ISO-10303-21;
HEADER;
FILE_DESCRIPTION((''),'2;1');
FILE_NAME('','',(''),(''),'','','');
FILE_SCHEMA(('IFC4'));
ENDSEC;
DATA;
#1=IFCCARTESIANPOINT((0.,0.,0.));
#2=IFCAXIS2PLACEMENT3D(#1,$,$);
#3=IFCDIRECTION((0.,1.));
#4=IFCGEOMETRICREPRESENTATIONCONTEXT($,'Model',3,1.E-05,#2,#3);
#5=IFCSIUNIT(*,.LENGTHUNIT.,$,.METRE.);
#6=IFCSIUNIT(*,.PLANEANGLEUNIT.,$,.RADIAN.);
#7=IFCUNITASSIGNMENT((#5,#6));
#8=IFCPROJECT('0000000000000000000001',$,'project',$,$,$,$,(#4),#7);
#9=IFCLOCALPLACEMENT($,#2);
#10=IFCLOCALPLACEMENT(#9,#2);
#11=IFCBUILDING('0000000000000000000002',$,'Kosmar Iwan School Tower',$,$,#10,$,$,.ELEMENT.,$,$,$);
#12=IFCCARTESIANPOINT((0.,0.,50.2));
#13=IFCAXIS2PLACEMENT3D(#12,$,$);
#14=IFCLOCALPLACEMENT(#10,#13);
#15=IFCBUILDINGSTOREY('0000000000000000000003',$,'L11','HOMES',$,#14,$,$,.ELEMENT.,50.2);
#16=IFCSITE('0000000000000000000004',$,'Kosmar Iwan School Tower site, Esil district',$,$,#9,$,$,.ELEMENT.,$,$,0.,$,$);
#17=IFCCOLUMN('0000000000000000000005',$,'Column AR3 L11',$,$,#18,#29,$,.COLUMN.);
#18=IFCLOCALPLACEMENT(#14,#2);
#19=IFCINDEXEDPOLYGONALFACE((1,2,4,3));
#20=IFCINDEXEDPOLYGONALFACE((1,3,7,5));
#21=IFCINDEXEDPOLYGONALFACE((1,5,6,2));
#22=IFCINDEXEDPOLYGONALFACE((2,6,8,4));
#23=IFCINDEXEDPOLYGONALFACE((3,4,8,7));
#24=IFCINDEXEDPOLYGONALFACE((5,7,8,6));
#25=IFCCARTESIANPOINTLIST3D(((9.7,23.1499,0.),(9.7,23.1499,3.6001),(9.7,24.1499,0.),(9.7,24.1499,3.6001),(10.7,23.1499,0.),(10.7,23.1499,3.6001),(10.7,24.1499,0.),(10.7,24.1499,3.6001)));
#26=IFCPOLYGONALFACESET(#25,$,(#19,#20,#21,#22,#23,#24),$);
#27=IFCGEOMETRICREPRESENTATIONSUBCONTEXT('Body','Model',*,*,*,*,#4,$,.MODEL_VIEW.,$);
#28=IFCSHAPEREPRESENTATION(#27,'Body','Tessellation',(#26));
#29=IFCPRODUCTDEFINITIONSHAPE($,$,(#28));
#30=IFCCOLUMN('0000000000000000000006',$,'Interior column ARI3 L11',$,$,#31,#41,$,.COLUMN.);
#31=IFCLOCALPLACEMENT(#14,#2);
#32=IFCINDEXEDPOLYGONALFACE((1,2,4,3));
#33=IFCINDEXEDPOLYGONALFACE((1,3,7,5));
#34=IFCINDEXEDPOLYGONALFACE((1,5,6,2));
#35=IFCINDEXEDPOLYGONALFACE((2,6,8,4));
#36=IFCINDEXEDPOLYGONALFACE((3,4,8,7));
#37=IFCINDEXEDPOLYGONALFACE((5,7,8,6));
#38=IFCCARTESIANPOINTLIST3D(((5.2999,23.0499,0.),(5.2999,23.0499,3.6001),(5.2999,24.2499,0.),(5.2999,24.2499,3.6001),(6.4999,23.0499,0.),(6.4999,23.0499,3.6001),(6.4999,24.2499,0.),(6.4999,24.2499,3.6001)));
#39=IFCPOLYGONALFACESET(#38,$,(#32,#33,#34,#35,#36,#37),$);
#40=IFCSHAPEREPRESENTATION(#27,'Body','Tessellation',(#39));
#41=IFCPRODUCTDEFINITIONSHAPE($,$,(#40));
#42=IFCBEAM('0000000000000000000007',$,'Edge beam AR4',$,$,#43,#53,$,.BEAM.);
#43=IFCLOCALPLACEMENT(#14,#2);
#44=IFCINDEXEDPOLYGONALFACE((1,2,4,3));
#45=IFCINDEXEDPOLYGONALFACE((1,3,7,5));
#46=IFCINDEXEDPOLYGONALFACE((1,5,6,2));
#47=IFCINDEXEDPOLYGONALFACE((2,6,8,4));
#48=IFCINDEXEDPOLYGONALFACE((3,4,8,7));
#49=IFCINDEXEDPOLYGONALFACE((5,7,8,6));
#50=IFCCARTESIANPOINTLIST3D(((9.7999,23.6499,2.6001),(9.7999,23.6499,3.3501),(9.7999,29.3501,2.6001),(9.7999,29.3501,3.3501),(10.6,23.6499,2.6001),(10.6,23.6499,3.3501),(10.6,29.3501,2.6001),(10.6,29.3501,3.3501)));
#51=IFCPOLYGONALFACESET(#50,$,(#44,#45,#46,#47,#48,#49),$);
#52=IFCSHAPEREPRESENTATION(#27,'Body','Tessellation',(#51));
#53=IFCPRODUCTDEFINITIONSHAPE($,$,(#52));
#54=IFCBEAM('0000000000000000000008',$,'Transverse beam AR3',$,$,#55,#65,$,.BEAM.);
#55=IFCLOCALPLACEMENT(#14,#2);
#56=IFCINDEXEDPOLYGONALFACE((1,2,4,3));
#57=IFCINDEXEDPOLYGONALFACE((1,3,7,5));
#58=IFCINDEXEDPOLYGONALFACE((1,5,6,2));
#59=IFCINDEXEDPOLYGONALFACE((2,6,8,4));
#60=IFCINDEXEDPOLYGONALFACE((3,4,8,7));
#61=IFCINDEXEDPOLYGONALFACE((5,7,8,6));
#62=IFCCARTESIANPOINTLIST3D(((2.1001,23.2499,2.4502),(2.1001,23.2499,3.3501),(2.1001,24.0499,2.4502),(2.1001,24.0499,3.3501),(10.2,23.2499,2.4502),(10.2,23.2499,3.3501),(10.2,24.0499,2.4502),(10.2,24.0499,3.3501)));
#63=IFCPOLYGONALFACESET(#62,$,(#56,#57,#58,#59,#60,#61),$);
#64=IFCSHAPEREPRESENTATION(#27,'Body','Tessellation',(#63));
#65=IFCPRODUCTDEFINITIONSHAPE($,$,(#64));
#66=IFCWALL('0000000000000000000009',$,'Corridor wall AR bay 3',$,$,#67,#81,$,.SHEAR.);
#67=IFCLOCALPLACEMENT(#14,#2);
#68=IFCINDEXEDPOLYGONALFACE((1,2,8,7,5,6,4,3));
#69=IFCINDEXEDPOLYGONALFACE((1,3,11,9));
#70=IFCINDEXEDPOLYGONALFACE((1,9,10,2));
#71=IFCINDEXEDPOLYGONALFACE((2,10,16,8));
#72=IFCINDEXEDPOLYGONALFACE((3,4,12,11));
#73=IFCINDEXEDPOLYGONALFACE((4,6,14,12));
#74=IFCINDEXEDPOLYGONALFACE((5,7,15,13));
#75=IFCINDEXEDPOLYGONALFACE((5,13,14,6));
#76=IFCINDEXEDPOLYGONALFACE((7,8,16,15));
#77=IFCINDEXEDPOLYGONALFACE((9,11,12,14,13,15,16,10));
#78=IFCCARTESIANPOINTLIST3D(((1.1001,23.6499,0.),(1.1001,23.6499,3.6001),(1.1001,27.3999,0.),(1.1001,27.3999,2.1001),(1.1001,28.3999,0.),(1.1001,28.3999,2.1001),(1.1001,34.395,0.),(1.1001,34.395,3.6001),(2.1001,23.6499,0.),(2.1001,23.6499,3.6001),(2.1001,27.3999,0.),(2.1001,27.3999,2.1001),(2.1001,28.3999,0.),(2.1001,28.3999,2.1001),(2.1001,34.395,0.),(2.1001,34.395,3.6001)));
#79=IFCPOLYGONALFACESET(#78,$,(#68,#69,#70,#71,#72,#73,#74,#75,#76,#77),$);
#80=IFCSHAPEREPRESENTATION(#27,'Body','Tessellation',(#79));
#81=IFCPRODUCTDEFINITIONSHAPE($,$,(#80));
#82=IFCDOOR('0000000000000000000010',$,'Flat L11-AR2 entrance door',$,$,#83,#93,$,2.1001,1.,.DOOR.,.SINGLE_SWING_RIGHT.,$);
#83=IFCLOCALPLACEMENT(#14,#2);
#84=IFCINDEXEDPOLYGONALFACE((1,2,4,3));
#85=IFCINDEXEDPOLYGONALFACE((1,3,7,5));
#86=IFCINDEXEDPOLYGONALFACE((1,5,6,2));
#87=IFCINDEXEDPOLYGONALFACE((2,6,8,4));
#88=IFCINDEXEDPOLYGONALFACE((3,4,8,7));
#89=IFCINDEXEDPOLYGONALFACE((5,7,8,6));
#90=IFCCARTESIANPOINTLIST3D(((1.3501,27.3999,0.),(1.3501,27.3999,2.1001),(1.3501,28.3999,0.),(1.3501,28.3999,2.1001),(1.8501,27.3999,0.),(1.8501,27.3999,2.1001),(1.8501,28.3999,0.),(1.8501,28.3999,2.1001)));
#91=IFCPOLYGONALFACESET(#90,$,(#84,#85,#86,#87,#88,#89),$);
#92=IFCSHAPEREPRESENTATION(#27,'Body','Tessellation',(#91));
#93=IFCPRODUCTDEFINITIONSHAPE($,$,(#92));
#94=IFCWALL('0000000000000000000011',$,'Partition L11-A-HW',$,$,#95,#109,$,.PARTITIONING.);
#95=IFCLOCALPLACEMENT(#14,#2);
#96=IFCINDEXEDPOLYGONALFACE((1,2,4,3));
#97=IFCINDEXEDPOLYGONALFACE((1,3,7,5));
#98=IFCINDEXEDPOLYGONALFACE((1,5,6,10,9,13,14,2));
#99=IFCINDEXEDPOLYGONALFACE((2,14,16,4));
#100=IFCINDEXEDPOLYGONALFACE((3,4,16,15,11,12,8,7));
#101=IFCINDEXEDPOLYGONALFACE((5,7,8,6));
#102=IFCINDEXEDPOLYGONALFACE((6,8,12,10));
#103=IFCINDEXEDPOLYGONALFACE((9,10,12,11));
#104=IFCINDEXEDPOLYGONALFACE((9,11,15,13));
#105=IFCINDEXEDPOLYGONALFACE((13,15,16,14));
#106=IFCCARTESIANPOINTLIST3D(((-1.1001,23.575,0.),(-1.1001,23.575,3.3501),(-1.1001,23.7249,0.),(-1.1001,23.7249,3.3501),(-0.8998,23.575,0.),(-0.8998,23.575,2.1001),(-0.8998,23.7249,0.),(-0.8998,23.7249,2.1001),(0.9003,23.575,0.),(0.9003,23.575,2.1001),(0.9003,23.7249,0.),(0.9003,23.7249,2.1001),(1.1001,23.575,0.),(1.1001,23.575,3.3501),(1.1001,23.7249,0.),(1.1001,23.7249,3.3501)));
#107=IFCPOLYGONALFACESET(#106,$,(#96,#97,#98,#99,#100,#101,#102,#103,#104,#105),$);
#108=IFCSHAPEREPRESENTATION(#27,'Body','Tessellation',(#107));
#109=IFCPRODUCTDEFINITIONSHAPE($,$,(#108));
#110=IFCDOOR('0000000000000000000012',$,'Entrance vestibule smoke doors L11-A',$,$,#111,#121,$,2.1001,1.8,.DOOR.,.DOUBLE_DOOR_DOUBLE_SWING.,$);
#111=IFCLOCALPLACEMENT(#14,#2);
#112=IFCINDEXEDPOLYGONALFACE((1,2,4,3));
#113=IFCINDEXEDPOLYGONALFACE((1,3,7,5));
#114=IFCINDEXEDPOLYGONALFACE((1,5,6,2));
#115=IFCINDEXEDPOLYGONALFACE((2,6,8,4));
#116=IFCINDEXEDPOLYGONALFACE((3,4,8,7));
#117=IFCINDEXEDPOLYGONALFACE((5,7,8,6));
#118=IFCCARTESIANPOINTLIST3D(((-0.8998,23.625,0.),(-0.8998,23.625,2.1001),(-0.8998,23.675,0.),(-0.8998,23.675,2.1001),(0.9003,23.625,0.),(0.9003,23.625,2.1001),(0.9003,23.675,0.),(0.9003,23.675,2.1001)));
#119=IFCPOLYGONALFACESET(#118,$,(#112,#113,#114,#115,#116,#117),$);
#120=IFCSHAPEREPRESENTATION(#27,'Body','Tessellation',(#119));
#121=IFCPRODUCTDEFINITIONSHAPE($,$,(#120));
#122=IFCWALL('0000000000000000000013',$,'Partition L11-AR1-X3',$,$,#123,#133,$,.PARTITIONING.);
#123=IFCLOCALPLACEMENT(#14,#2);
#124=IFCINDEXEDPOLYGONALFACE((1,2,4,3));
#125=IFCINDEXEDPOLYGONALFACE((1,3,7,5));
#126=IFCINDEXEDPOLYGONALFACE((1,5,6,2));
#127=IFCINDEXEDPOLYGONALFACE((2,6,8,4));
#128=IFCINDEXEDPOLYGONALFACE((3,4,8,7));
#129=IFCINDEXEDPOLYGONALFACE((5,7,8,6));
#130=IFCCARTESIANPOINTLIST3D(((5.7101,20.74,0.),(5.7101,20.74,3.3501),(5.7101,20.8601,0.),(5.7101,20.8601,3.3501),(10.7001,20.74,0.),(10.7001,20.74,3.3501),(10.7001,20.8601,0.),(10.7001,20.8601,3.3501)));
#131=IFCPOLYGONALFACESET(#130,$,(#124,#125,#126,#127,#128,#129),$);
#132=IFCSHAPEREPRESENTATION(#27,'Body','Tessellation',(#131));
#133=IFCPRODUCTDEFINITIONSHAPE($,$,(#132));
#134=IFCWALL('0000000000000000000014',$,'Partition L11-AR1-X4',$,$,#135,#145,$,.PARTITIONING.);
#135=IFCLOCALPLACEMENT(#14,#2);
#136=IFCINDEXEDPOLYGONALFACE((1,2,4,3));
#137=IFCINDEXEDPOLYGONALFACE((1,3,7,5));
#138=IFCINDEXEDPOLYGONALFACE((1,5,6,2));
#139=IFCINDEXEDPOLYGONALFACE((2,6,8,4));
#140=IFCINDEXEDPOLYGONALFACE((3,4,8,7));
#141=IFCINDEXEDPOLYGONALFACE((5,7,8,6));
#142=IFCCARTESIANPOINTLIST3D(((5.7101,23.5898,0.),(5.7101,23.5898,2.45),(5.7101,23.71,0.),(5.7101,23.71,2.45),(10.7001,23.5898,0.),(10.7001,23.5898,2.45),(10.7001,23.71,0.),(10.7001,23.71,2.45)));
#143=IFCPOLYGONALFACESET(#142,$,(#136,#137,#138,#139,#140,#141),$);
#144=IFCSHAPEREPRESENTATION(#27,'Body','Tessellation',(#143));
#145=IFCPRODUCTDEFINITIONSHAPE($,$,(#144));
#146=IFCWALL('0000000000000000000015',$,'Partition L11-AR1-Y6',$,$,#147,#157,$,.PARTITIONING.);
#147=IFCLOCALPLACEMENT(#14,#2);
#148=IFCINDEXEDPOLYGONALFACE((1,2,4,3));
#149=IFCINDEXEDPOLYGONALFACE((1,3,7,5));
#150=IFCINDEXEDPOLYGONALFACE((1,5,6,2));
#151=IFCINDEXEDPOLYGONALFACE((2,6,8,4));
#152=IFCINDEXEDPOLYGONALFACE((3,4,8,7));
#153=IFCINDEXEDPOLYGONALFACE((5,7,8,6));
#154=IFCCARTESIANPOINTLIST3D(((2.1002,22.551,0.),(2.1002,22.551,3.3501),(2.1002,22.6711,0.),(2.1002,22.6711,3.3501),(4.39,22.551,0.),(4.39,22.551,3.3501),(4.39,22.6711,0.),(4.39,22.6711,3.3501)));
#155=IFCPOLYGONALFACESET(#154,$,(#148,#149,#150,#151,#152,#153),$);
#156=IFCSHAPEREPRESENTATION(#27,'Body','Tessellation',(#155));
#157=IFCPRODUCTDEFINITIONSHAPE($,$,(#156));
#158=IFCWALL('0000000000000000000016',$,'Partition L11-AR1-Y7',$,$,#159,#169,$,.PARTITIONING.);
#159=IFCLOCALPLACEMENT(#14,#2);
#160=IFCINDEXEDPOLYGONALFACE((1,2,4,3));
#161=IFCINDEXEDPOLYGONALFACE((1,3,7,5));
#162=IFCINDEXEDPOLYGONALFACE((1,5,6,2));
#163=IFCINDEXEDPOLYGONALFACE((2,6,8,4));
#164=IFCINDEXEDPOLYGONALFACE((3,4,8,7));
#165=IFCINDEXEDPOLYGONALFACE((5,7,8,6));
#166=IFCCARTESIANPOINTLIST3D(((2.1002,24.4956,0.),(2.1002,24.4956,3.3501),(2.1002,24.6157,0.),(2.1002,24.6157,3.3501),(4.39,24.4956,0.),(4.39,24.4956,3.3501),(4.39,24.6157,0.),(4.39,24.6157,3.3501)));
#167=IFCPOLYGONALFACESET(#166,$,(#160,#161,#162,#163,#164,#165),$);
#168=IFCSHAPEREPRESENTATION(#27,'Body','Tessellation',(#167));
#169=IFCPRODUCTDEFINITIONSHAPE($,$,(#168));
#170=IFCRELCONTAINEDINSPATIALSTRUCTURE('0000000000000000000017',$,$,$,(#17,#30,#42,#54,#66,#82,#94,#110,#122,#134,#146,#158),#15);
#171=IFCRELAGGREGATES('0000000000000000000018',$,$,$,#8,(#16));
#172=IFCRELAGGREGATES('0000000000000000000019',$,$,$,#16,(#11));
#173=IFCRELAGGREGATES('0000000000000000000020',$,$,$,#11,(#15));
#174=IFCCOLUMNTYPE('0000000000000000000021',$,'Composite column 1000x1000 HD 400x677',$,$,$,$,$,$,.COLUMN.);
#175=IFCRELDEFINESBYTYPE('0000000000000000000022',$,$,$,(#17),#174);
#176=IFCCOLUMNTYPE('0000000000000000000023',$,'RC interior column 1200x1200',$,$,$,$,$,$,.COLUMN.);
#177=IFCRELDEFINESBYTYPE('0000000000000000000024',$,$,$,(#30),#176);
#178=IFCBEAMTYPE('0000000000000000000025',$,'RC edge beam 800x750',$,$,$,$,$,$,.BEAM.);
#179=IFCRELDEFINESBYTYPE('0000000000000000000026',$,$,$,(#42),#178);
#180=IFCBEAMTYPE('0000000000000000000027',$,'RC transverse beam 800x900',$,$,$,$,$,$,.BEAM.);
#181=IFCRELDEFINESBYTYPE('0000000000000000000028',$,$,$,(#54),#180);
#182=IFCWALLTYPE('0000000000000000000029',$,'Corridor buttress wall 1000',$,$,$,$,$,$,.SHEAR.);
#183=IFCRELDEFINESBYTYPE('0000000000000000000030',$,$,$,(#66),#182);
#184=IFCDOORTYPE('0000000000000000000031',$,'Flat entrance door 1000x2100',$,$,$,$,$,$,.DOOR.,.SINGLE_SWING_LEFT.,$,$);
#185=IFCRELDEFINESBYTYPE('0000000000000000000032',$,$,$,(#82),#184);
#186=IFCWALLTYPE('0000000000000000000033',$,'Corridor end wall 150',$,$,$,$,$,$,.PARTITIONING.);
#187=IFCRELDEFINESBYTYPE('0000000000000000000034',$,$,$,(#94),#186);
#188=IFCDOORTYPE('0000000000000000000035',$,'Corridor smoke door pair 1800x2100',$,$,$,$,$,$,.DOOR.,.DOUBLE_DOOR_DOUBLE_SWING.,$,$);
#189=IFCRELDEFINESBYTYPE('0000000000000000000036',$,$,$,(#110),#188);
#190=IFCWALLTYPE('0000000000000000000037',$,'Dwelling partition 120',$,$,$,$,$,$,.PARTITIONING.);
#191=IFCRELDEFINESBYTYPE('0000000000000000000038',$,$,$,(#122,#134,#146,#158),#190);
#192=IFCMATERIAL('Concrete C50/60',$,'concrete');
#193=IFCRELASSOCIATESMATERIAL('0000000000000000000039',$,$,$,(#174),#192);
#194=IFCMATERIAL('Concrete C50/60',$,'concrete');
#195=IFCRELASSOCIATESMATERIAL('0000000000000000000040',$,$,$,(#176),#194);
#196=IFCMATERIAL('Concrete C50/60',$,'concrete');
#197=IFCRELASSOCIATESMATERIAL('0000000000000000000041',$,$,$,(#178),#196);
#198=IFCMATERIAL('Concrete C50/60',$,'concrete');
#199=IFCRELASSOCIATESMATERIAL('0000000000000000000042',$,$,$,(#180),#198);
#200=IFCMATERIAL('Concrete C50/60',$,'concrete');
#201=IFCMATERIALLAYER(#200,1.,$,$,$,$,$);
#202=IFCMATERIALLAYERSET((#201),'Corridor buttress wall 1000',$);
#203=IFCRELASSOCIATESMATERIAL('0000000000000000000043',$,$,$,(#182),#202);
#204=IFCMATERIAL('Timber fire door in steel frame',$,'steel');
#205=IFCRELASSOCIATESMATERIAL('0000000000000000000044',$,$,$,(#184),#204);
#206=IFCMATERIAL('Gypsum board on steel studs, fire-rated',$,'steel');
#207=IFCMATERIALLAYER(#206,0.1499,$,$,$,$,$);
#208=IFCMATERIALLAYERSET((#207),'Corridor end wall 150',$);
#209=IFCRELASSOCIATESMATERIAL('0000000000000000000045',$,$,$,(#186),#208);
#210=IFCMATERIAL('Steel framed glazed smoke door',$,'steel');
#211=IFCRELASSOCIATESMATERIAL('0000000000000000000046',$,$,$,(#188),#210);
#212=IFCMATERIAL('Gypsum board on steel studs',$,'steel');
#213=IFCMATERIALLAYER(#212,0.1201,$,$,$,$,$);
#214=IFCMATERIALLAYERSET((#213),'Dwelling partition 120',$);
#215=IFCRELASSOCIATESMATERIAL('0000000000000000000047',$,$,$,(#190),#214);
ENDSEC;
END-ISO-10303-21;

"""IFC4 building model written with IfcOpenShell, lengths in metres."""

from ifc_helpers import new_model, si_unit, direction, frame, frame_2d, origin, origin_2d, place, context, subcontext, project, spatial, rectangle, extrude, material, layer, layer_set, material_profile, profile_set, type_object, element, fill, save


model = new_model("IFC4")

# Units and contexts
model_context = context("Model", 3, precision=1e-05, world=origin(), true_north=direction((0.0, 1.0)))
body_context = subcontext(model_context, "Body", "Model", "MODEL_VIEW")
ifc_project = project(units=[si_unit("LENGTHUNIT", "METRE"), si_unit("PLANEANGLEUNIT", "RADIAN")], contexts=[model_context])

# Site, building, storey
site_placement = place(None, origin())
site = spatial("IfcSite", under=ifc_project, at=site_placement, Name="Kosmar Iwan School Tower site, Esil district", CompositionType="ELEMENT", RefElevation=0.0)
building_placement = place(site_placement, origin())
building = spatial("IfcBuilding", under=site, at=building_placement, Name="Kosmar Iwan School Tower", CompositionType="ELEMENT")
storey_placement = place(building_placement, frame((0.0, 0.0, 50.2)))
storey = spatial("IfcBuildingStorey", under=building, at=storey_placement, Name="L11", Description="HOMES", CompositionType="ELEMENT", Elevation=50.2)

# Columns
ifc_material_1 = material(Name="Concrete C50/60", Category="concrete")
ifc_material_profile_1 = material_profile(ifc_material_1, rectangle(XDim=1.0, YDim=1.0, at=origin_2d()), Name="RC 1000x1000 + HD 400x677")
ifc_profile_set_1 = profile_set([ifc_material_profile_1], Name="Concrete C50/60")
column_type_1 = type_object("IfcColumnType", Name="Composite column 1000x1000 HD 400x677", PredefinedType="COLUMN", material=ifc_profile_set_1)
column_1_placement = place(storey_placement, frame((10.2, 23.6499, 0.0), z_axis=(0.0, 0.0, 1.0), x_axis=(0.0, 1.0, 0.0)))
element("IfcColumn", 1, at=column_1_placement, inside=storey, type_object=column_type_1, Name="Column AR3 L11", PredefinedType="COLUMN", context=body_context, shape_type="SweptSolid", body=[
    extrude(rectangle(XDim=1.0, YDim=1.0, at=origin_2d()), origin(), (0.0, 0.0, 1.0), 3.6001),
])
ifc_material_2 = material(Name="Concrete C50/60", Category="concrete")
ifc_material_profile_2 = material_profile(ifc_material_2, rectangle(XDim=1.2, YDim=1.2, at=origin_2d()), Name="RC 1200x1200")
ifc_profile_set_2 = profile_set([ifc_material_profile_2], Name="Concrete C50/60")
column_type_2 = type_object("IfcColumnType", Name="RC interior column 1200x1200", PredefinedType="COLUMN", material=ifc_profile_set_2)
column_2_placement = place(storey_placement, frame((5.8999, 23.6499, 0.0), z_axis=(0.0, 0.0, 1.0), x_axis=(0.0, 1.0, 0.0)))
element("IfcColumn", 2, at=column_2_placement, inside=storey, type_object=column_type_2, Name="Interior column ARI3 L11", PredefinedType="COLUMN", context=body_context, shape_type="SweptSolid", body=[
    extrude(rectangle(XDim=1.2, YDim=1.2, at=origin_2d()), origin(), (0.0, 0.0, 1.0), 3.6001),
])

# Beams
ifc_material_3 = material(Name="Concrete C50/60", Category="concrete")
ifc_material_profile_3 = material_profile(ifc_material_3, rectangle(XDim=0.8, YDim=0.75, at=origin_2d()), Name="RC 800x750")
ifc_profile_set_3 = profile_set([ifc_material_profile_3], Name="Concrete C50/60")
beam_type_1 = type_object("IfcBeamType", Name="RC edge beam 800x750", PredefinedType="BEAM", material=ifc_profile_set_3)
beam_1_placement = place(storey_placement, frame((10.2, 23.6499, 2.9751), z_axis=(0.0, 1.0, 0.0), x_axis=(-1.0, 0.0, 0.0)))
element("IfcBeam", 3, at=beam_1_placement, inside=storey, type_object=beam_type_1, Name="Edge beam AR4", PredefinedType="BEAM", context=body_context, shape_type="SweptSolid", body=[
    extrude(rectangle(XDim=0.8, YDim=0.75, at=origin_2d()), origin(), (0.0, 0.0, 1.0), 5.7002),
])
ifc_material_4 = material(Name="Concrete C50/60", Category="concrete")
ifc_material_profile_4 = material_profile(ifc_material_4, rectangle(XDim=0.8, YDim=0.8999, at=origin_2d()), Name="RC 800x900")
ifc_profile_set_4 = profile_set([ifc_material_profile_4], Name="Concrete C50/60")
beam_type_2 = type_object("IfcBeamType", Name="RC transverse beam 800x900", PredefinedType="BEAM", material=ifc_profile_set_4)
beam_2_placement = place(storey_placement, frame((10.2, 23.6499, 2.9001), z_axis=(-1.0, 0.0, 0.0), x_axis=(0.0, -1.0, 0.0)))
element("IfcBeam", 4, at=beam_2_placement, inside=storey, type_object=beam_type_2, Name="Transverse beam AR3", PredefinedType="BEAM", context=body_context, shape_type="SweptSolid", body=[
    extrude(rectangle(XDim=0.8, YDim=0.8999, at=origin_2d()), origin(), (0.0, 0.0, 1.0), 8.0999),
])

# Walls, openings, doors
ifc_material_5 = material(Name="Concrete C50/60", Category="concrete")
ifc_layer_1 = layer(ifc_material_5, 1.0)
ifc_layer_set_1 = layer_set([ifc_layer_1], Name="Corridor buttress wall 1000")
wall_type_1 = type_object("IfcWallType", Name="Corridor buttress wall 1000", PredefinedType="SHEAR", material=ifc_layer_set_1)
wall_1_placement = place(storey_placement, frame((1.6001, 23.6499, 0.0), z_axis=(0.0, 0.0, 1.0), x_axis=(0.0, 1.0, 0.0)))
wall_1 = element("IfcWall", 5, at=wall_1_placement, inside=storey, type_object=wall_type_1, Name="Corridor wall AR bay 3", PredefinedType="SHEAR", context=body_context, shape_type="SweptSolid", body=[
    extrude(rectangle(XDim=10.7451, YDim=1.0, at=frame_2d((5.3726, 0.0))), origin(), (0.0, 0.0, 1.0), 3.6001),
])
opening_1_placement = place(wall_1_placement, frame((3.75, 0.0, 0.0)))
opening_1 = element("IfcOpeningElement", 6, at=opening_1_placement, cuts=wall_1, PredefinedType="OPENING", context=body_context, shape_type="SweptSolid", body=[
    extrude(rectangle(XDim=1.0, YDim=2.1001, at=frame_2d((0.5, 1.05))), frame((0.0, 0.512, 0.0), z_axis=(0.0, -1.0, 0.0), x_axis=(1.0, 0.0, 0.0)), (0.0, 0.0, 1.0), 1.0239),
])
ifc_material_6 = material(Name="Timber fire door in steel frame", Category="steel")
door_type_1 = type_object("IfcDoorType", Name="Flat entrance door 1000x2100", OperationType="SINGLE_SWING_LEFT", PredefinedType="DOOR", material=ifc_material_6)
door_1_placement = place(opening_1_placement, origin())
door_1 = element("IfcDoor", 7, at=door_1_placement, inside=storey, type_object=door_type_1, Name="Flat L11-AR2 entrance door", OperationType="SINGLE_SWING_RIGHT", OverallHeight=2.1001, OverallWidth=1.0, PredefinedType="DOOR", context=body_context, shape_type="SweptSolid", body=[
    extrude(rectangle(XDim=1.0, YDim=2.1001, at=frame_2d((0.5, 1.05))), frame((0.0, 0.25, 0.0), z_axis=(0.0, -1.0, 0.0), x_axis=(1.0, 0.0, 0.0)), (0.0, 0.0, 1.0), 0.5),
])
fill(opening_1, door_1)
ifc_material_7 = material(Name="Gypsum board on steel studs, fire-rated", Category="steel")
ifc_layer_2 = layer(ifc_material_7, 0.1499)
ifc_layer_set_2 = layer_set([ifc_layer_2], Name="Corridor end wall 150")
wall_type_2 = type_object("IfcWallType", Name="Corridor end wall 150", PredefinedType="PARTITIONING", material=ifc_layer_set_2)
wall_2_placement = place(storey_placement, frame((1.1001, 23.6499, 0.0), z_axis=(0.0, 0.0, 1.0), x_axis=(-1.0, 0.0, 0.0)))
wall_2 = element("IfcWall", 8, at=wall_2_placement, inside=storey, type_object=wall_type_2, Name="Partition L11-A-HW", PredefinedType="PARTITIONING", context=body_context, shape_type="SweptSolid", body=[
    extrude(rectangle(XDim=2.2002, YDim=0.1499, at=frame_2d((1.1001, 0.0))), origin(), (0.0, 0.0, 1.0), 3.3501),
])
opening_2_placement = place(wall_2_placement, frame((0.2, 0.0, 0.0)))
opening_2 = element("IfcOpeningElement", 9, at=opening_2_placement, cuts=wall_2, PredefinedType="OPENING", context=body_context, shape_type="SweptSolid", body=[
    extrude(rectangle(XDim=1.8, YDim=2.1001, at=frame_2d((0.8999, 1.05))), frame((0.0, 0.0869, 0.0), z_axis=(0.0, -1.0, 0.0), x_axis=(1.0, 0.0, 0.0)), (0.0, 0.0, 1.0), 0.1738),
])
ifc_material_8 = material(Name="Steel framed glazed smoke door", Category="steel")
door_type_2 = type_object("IfcDoorType", Name="Corridor smoke door pair 1800x2100", OperationType="DOUBLE_DOOR_DOUBLE_SWING", PredefinedType="DOOR", material=ifc_material_8)
door_2_placement = place(opening_2_placement, origin())
door_2 = element("IfcDoor", 10, at=door_2_placement, inside=storey, type_object=door_type_2, Name="Entrance vestibule smoke doors L11-A", OperationType="DOUBLE_DOOR_DOUBLE_SWING", OverallHeight=2.1001, OverallWidth=1.8, PredefinedType="DOOR", context=body_context, shape_type="SweptSolid", body=[
    extrude(rectangle(XDim=1.8, YDim=2.1001, at=frame_2d((0.8999, 1.05))), frame((0.0, 0.0249, 0.0), z_axis=(0.0, -1.0, 0.0), x_axis=(1.0, 0.0, 0.0)), (0.0, 0.0, 1.0), 0.05),
])
fill(opening_2, door_2)

# Walls
ifc_material_9 = material(Name="Gypsum board on steel studs", Category="steel")
ifc_layer_3 = layer(ifc_material_9, 0.1201)
ifc_layer_set_3 = layer_set([ifc_layer_3], Name="Dwelling partition 120")
wall_type_3 = type_object("IfcWallType", Name="Dwelling partition 120", PredefinedType="PARTITIONING", material=ifc_layer_set_3)
wall_3_placement = place(storey_placement, frame((5.71, 20.8, 0.0), z_axis=(0.0, 0.0, 1.0), x_axis=(1.0, 0.0, 0.0)))
element("IfcWall", 11, at=wall_3_placement, inside=storey, type_object=wall_type_3, Name="Partition L11-AR1-X3", PredefinedType="PARTITIONING", context=body_context, shape_type="SweptSolid", body=[
    extrude(rectangle(XDim=4.99, YDim=0.1201, at=frame_2d((2.4951, 0.0))), origin(), (0.0, 0.0, 1.0), 3.3501),
])
wall_4_placement = place(storey_placement, frame((5.71, 23.6499, 0.0), z_axis=(0.0, 0.0, 1.0), x_axis=(1.0, 0.0, 0.0)))
element("IfcWall", 12, at=wall_4_placement, inside=storey, type_object=wall_type_3, Name="Partition L11-AR1-X4", PredefinedType="PARTITIONING", context=body_context, shape_type="SweptSolid", body=[
    extrude(rectangle(XDim=4.99, YDim=0.1201, at=frame_2d((2.4951, 0.0))), origin(), (0.0, 0.0, 1.0), 2.45),
])
for number, where, z_axis, x_axis, name in (
    (13, (2.1001, 22.6111, 0.0), (0.0, 0.0, 1.0), (1.0, 0.0, 0.0), "Partition L11-AR1-Y6"),
    (14, (2.1001, 24.5557, 0.0), (0.0, 0.0, 1.0), (1.0, 0.0, 0.0), "Partition L11-AR1-Y7"),
):
    element("IfcWall", number, at=place(storey_placement, frame(where, z_axis=z_axis, x_axis=x_axis)), inside=storey, type_object=wall_type_3, Name=name, PredefinedType="PARTITIONING", context=body_context, shape_type="SweptSolid", body=[
        extrude(rectangle(XDim=2.2898, YDim=0.1201, at=frame_2d((1.145, 0.0))), origin(), (0.0, 0.0, 1.0), 3.3501),
    ])

save(model, "model.ifc")
